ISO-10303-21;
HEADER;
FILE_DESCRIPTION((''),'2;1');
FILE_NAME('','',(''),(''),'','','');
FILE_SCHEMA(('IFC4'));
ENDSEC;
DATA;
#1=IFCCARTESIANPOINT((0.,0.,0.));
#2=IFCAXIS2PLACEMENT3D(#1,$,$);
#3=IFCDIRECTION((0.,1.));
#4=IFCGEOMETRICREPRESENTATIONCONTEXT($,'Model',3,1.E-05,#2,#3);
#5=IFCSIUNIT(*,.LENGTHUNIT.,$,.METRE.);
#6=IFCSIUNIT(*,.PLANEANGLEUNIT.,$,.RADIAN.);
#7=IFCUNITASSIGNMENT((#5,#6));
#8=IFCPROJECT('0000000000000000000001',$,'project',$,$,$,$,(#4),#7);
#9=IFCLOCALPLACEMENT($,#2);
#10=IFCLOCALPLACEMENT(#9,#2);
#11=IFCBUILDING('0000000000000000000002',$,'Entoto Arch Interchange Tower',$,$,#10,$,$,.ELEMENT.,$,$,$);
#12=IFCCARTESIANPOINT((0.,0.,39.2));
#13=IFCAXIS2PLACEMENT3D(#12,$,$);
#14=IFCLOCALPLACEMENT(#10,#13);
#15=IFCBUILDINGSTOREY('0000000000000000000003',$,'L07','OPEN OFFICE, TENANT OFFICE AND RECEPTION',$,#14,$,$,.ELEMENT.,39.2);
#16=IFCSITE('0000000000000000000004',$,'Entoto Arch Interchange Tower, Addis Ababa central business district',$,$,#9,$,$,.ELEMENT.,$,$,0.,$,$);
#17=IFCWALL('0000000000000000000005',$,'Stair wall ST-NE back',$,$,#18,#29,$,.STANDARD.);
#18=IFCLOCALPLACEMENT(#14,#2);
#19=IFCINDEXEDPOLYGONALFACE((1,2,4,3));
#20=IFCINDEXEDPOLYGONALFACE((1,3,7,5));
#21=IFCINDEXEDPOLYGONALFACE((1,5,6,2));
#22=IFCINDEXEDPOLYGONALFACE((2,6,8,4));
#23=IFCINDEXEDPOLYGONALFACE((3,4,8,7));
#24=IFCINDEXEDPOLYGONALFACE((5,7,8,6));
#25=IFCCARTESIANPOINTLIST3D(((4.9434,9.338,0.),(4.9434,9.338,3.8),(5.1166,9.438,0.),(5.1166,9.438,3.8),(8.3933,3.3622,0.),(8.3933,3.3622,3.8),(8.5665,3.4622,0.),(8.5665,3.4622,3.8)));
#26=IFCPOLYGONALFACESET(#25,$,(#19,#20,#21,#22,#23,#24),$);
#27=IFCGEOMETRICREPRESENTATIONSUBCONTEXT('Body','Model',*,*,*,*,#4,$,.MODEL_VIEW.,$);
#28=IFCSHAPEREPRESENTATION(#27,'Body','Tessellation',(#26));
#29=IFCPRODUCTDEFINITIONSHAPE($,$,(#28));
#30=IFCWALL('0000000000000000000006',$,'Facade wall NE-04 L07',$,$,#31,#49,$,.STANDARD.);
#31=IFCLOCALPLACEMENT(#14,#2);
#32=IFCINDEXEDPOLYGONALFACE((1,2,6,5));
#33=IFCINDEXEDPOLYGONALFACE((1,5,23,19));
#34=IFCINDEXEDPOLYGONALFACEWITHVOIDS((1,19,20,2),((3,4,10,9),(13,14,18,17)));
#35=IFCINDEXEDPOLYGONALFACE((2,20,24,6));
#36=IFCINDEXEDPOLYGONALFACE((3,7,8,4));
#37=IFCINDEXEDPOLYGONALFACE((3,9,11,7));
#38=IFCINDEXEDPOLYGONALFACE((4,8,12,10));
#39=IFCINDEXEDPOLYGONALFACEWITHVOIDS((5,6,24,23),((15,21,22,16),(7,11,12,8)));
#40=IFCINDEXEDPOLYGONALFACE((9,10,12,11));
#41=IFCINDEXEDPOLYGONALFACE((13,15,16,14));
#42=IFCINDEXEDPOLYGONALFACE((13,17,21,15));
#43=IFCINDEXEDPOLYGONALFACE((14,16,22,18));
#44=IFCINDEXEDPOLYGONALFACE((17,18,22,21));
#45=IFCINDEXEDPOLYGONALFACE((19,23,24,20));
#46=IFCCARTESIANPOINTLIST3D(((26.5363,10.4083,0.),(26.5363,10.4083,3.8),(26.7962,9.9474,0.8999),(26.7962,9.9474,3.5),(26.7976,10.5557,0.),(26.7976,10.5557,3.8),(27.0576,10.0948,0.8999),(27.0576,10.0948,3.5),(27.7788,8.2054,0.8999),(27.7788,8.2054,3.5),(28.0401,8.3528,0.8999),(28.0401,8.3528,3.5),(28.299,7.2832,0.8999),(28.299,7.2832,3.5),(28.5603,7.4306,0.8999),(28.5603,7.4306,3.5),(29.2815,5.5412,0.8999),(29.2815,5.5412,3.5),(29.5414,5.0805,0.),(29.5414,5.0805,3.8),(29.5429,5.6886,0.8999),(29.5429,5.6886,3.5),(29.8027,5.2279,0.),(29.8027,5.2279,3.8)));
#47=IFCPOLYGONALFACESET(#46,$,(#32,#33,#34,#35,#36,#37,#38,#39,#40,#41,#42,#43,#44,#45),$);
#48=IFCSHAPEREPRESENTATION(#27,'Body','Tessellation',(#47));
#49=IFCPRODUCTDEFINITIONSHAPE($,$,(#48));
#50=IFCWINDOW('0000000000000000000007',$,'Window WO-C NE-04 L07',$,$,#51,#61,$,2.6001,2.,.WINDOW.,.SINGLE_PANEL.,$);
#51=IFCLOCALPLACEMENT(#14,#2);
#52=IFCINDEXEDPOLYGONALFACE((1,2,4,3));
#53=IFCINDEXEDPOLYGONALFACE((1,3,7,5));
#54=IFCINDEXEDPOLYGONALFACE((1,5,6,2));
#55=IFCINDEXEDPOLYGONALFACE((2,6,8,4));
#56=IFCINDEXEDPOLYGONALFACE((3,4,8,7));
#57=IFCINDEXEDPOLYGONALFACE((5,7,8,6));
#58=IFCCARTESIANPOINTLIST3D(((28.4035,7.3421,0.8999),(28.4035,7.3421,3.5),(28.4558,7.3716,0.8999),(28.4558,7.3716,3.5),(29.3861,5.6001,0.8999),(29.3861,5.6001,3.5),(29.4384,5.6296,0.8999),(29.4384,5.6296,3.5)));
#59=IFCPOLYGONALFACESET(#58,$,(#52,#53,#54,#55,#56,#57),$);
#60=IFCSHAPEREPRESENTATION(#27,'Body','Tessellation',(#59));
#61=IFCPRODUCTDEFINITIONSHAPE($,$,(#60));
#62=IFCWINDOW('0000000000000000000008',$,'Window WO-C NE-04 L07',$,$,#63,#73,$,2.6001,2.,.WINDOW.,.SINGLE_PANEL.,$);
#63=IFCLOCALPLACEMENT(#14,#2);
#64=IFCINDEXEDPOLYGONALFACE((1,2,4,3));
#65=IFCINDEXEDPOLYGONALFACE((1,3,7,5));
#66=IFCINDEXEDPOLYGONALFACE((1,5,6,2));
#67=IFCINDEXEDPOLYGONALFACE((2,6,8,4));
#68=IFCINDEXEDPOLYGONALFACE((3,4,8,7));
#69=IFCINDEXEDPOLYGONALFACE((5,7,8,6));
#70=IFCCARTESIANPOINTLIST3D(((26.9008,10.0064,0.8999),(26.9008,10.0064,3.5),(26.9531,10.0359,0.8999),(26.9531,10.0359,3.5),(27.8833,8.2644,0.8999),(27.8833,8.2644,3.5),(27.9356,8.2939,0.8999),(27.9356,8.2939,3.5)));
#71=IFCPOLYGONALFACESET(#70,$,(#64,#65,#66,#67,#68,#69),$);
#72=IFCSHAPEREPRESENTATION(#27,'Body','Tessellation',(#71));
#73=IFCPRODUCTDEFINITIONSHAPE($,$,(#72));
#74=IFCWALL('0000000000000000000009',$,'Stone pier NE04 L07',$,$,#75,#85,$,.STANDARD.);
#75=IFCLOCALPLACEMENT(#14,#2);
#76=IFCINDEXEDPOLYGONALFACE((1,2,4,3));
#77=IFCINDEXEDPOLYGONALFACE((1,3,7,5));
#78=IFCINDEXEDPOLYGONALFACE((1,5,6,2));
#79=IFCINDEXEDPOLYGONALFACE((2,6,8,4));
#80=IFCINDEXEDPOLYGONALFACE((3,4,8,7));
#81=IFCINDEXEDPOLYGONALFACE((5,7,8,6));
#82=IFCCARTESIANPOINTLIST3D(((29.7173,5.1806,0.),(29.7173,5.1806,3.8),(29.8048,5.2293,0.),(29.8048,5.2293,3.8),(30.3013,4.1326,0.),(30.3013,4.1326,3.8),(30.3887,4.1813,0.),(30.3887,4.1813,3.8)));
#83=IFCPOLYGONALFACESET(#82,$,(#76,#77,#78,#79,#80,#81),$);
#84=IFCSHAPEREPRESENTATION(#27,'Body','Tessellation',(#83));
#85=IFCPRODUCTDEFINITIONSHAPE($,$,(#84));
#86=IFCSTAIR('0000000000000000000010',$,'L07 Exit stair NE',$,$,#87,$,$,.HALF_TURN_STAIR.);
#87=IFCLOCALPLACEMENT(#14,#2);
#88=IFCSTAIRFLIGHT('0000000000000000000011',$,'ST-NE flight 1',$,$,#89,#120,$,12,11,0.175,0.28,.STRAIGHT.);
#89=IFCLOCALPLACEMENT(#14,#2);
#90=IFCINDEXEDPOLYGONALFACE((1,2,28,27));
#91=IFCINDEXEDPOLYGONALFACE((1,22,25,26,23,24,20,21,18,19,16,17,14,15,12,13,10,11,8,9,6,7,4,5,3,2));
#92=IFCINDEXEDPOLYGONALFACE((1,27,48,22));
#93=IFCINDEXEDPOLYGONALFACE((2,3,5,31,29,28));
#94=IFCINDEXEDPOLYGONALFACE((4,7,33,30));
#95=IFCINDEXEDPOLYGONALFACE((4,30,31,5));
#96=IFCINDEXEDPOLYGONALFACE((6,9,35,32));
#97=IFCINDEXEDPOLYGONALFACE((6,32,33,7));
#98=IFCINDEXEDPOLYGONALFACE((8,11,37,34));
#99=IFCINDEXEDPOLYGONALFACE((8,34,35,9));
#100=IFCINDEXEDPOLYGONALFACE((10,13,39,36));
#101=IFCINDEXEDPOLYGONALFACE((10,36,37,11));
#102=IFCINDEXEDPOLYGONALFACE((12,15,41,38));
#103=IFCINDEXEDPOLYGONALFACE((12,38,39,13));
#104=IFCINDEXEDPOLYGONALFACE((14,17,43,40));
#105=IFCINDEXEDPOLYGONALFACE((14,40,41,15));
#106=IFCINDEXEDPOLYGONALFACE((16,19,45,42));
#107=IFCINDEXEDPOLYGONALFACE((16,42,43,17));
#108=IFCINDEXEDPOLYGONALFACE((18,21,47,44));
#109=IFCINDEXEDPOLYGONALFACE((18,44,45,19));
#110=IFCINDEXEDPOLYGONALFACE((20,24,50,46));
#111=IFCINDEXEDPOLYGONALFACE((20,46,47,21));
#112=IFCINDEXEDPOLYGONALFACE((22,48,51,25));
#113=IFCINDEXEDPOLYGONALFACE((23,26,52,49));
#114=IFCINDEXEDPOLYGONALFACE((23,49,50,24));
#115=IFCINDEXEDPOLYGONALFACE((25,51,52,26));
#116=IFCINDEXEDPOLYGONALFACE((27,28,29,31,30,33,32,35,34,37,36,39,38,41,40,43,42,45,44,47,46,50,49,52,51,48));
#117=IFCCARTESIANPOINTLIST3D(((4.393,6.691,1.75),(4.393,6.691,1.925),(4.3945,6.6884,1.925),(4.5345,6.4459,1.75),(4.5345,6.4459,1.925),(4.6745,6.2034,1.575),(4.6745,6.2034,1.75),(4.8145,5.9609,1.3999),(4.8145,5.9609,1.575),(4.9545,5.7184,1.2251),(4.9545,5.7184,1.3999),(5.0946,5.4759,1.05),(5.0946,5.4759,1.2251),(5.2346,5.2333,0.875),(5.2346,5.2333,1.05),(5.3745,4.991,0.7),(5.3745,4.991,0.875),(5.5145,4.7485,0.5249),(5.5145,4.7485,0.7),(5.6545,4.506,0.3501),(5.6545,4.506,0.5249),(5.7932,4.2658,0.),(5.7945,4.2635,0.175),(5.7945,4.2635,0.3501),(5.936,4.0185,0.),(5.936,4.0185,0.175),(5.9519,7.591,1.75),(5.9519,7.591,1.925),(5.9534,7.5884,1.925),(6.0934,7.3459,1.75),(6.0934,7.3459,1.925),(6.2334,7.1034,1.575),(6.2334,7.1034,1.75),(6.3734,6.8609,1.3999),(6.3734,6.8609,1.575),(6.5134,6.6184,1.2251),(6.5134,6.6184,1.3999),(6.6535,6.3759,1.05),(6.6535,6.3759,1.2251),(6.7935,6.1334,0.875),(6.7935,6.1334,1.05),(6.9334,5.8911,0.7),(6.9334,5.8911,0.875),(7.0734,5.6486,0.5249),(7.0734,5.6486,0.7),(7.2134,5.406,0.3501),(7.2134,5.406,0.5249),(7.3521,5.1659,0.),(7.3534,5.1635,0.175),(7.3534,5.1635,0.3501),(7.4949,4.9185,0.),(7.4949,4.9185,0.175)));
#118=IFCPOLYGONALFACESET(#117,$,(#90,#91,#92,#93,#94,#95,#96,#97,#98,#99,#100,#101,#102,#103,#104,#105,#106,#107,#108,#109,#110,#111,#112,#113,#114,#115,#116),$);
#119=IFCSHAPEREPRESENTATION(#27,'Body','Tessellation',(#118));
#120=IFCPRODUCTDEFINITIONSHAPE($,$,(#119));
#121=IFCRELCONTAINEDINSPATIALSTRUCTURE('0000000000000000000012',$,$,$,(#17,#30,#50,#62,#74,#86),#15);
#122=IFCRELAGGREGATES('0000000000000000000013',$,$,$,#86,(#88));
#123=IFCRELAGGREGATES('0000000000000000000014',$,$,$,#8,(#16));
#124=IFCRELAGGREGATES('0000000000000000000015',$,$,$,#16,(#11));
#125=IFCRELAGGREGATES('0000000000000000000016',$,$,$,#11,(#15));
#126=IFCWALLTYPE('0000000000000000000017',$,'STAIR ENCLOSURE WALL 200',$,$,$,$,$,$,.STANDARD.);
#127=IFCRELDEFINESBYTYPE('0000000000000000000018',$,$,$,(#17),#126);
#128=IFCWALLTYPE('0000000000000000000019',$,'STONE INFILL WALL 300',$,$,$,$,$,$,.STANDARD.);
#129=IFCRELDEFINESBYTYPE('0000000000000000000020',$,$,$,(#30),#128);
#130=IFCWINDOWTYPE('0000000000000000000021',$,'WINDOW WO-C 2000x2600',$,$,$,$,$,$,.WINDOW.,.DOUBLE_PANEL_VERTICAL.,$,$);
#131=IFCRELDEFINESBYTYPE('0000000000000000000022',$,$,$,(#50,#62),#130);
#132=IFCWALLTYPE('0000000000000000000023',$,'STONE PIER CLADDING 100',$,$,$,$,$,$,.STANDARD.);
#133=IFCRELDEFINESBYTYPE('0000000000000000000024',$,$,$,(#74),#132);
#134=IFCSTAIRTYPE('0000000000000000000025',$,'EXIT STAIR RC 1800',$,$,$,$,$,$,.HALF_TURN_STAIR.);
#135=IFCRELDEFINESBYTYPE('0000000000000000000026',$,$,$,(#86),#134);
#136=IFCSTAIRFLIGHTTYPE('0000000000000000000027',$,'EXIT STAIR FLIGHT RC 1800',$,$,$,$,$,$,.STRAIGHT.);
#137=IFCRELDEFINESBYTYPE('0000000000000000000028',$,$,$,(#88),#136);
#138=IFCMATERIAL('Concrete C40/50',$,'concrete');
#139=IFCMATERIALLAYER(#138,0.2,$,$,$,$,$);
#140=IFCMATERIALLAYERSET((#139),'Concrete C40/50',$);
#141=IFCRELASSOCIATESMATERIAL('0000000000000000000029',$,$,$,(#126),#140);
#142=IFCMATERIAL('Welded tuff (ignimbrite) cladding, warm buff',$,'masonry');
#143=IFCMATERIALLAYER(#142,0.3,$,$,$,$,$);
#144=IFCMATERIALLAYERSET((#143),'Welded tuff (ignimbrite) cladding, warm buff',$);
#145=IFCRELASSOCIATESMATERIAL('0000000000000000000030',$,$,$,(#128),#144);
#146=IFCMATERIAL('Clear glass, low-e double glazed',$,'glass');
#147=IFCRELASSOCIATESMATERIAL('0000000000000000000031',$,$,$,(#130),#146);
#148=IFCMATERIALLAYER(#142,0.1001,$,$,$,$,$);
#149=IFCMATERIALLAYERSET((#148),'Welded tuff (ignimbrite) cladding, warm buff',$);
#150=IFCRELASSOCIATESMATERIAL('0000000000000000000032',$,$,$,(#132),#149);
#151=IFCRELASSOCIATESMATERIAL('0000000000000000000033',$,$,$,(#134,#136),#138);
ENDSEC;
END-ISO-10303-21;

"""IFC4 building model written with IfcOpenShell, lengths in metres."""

from ifc_helpers import new_model, si_unit, direction, frame, frame_2d, origin, place, context, subcontext, project, spatial, polyline, rectangle, outline, extrude, material, layer, layer_set, type_object, element, fill, aggregate, save


model = new_model("IFC4")

# Units and contexts
model_context = context("Model", 3, precision=1e-05, world=origin(), true_north=direction((0.0, 1.0)))
body_context = subcontext(model_context, "Body", "Model", "MODEL_VIEW")
ifc_project = project(units=[si_unit("LENGTHUNIT", "METRE"), si_unit("PLANEANGLEUNIT", "RADIAN")], contexts=[model_context])

# Site, building, storey
site_placement = place(None, origin())
site = spatial("IfcSite", under=ifc_project, at=site_placement, Name="Entoto Arch Interchange Tower, Addis Ababa central business district", CompositionType="ELEMENT", RefElevation=0.0)
building_placement = place(site_placement, origin())
building = spatial("IfcBuilding", under=site, at=building_placement, Name="Entoto Arch Interchange Tower", CompositionType="ELEMENT")
storey_placement = place(building_placement, frame((0.0, 0.0, 39.2)))
storey = spatial("IfcBuildingStorey", under=building, at=storey_placement, Name="L07", Description="OPEN OFFICE, TENANT OFFICE AND RECEPTION", CompositionType="ELEMENT", Elevation=39.2)

# Shared definitions
ifc_material_1 = material(Name="Concrete C40/50", Category="concrete")

# Wall
ifc_layer_1 = layer(ifc_material_1, 0.2)
ifc_layer_set_1 = layer_set([ifc_layer_1], Name="Concrete C40/50")
wall_type_1 = type_object("IfcWallType", Name="STAIR ENCLOSURE WALL 200", PredefinedType="STANDARD", material=ifc_layer_set_1)
wall_1_placement = place(storey_placement, frame((8.48, 3.4121, 0.0), z_axis=(0.0, 0.0, 1.0), x_axis=(-0.499979, 0.866038, 0.0)))
element("IfcWall", 1, at=wall_1_placement, inside=storey, type_object=wall_type_1, Name="Stair wall ST-NE back", PredefinedType="STANDARD", context=body_context, shape_type="SweptSolid", body=[
    extrude(rectangle(XDim=6.9001, YDim=0.2, at=frame_2d((3.4502, 0.0))), origin(), (0.0, 0.0, 1.0), 3.8),
])

# Wall, openings, windows
ifc_material_2 = material(Name="Welded tuff (ignimbrite) cladding, warm buff", Category="masonry")
ifc_layer_2 = layer(ifc_material_2, 0.3)
ifc_layer_set_2 = layer_set([ifc_layer_2], Name="Welded tuff (ignimbrite) cladding, warm buff")
wall_type_2 = type_object("IfcWallType", Name="STONE INFILL WALL 300", PredefinedType="STANDARD", material=ifc_layer_set_2)
wall_2_placement = place(storey_placement, frame((29.6721, 5.1541, 0.0), z_axis=(0.0, 0.0, 1.0), x_axis=(-0.491278, 0.871003, 0.0)))
wall_2 = element("IfcWall", 2, at=wall_2_placement, inside=storey, type_object=wall_type_2, Name="Facade wall NE-04 L07", PredefinedType="STANDARD", context=body_context, shape_type="SweptSolid", body=[
    extrude(rectangle(XDim=6.1169, YDim=0.3, at=frame_2d((3.0586, 0.0))), origin(), (0.0, 0.0, 1.0), 3.8),
])
opening_1_placement = place(wall_2_placement, frame((0.5291, 0.0, 0.8999)))
opening_1 = element("IfcOpeningElement", 3, at=opening_1_placement, cuts=wall_2, PredefinedType="OPENING", context=body_context, shape_type="SweptSolid", body=[
    extrude(rectangle(XDim=2.0, YDim=2.6001, at=frame_2d((1.0, 1.3))), frame((0.0, 0.1602, 0.0), z_axis=(0.0, -1.0, 0.0), x_axis=(1.0, 0.0, 0.0)), (0.0, 0.0, 1.0), 0.3201),
])
opening_2_placement = place(wall_2_placement, frame((3.5879, 0.0, 0.8999)))
opening_2 = element("IfcOpeningElement", 4, at=opening_2_placement, cuts=wall_2, PredefinedType="OPENING", context=body_context, shape_type="SweptSolid", body=[
    extrude(rectangle(XDim=2.0, YDim=2.6001, at=frame_2d((1.0, 1.3))), frame((0.0, 0.1602, 0.0), z_axis=(0.0, -1.0, 0.0), x_axis=(1.0, 0.0, 0.0)), (0.0, 0.0, 1.0), 0.3201),
])
ifc_material_3 = material(Name="Clear glass, low-e double glazed", Category="glass")
window_type = type_object("IfcWindowType", Name="WINDOW WO-C 2000x2600", PartitioningType="DOUBLE_PANEL_VERTICAL", PredefinedType="WINDOW", material=ifc_material_3)
window_1_placement = place(opening_1_placement, origin())
window_1 = element("IfcWindow", 5, at=window_1_placement, inside=storey, type_object=window_type, Name="Window WO-C NE-04 L07", OverallHeight=2.6001, OverallWidth=2.0, PartitioningType="SINGLE_PANEL", PredefinedType="WINDOW", context=body_context, shape_type="SweptSolid", body=[
    extrude(rectangle(XDim=2.0, YDim=2.6001, at=frame_2d((1.0, 1.3))), frame((0.0, 0.03, 0.0), z_axis=(0.0, -1.0, 0.0), x_axis=(1.0, 0.0, 0.0)), (0.0, 0.0, 1.0), 0.0601),
])
fill(opening_1, window_1)
window_2_placement = place(opening_2_placement, origin())
window_2 = element("IfcWindow", 6, at=window_2_placement, inside=storey, type_object=window_type, Name="Window WO-C NE-04 L07", OverallHeight=2.6001, OverallWidth=2.0, PartitioningType="SINGLE_PANEL", PredefinedType="WINDOW", context=body_context, shape_type="SweptSolid", body=[
    extrude(rectangle(XDim=2.0, YDim=2.6001, at=frame_2d((1.0, 1.3))), frame((0.0, 0.03, 0.0), z_axis=(0.0, -1.0, 0.0), x_axis=(1.0, 0.0, 0.0)), (0.0, 0.0, 1.0), 0.0601),
])
fill(opening_2, window_2)

# Wall
ifc_layer_3 = layer(ifc_material_2, 0.1001)
ifc_layer_set_3 = layer_set([ifc_layer_3], Name="Welded tuff (ignimbrite) cladding, warm buff")
wall_type_3 = type_object("IfcWallType", Name="STONE PIER CLADDING 100", PredefinedType="STANDARD", material=ifc_layer_set_3)
wall_3_placement = place(storey_placement, frame((30.345, 4.157, 0.0), z_axis=(0.0, 0.0, 1.0), x_axis=(-0.486731, 0.873552, 0.0)))
element("IfcWall", 7, at=wall_3_placement, inside=storey, type_object=wall_type_3, Name="Stone pier NE04 L07", PredefinedType="STANDARD", context=body_context, shape_type="SweptSolid", body=[
    extrude(rectangle(XDim=1.1997, YDim=0.1001, at=frame_2d((0.5999, 0.0))), origin(), (0.0, 0.0, 1.0), 3.8),
])

# Stair, stair flight
stair_type = type_object("IfcStairType", Name="EXIT STAIR RC 1800", PredefinedType="HALF_TURN_STAIR", material=ifc_material_1)
stair_placement = place(storey_placement, origin())
stair = element("IfcStair", 8, at=stair_placement, inside=storey, type_object=stair_type, Name="L07 Exit stair NE", PredefinedType="HALF_TURN_STAIR")
stair_flight_type = type_object("IfcStairFlightType", Name="EXIT STAIR FLIGHT RC 1800", PredefinedType="STRAIGHT", material=ifc_material_1)
stair_flight_placement = place(storey_placement, frame((6.7139, 4.4709, 0.0), z_axis=(0.0, 0.0, 1.0), x_axis=(-0.5, 0.866025, 0.0)))
stair_flight = element("IfcStairFlight", 9, at=stair_flight_placement, type_object=stair_flight_type, Name="ST-NE flight 1", NumberOfRisers=12, NumberOfTreads=11, PredefinedType="STRAIGHT", RiserHeight=0.175, TreadLength=0.28, context=body_context, shape_type="SweptSolid", body=[
    extrude(outline(polyline([(-0.0029, 0.0), (-0.0029, 0.175), (0.28, 0.175), (0.28, 0.3501), (0.5601, 0.3501), (0.5601, 0.5249), (0.8401, 0.5249), (0.8401, 0.7), (1.1201, 0.7), (1.1201, 0.875), (1.3999, 0.875), (1.3999, 1.05), (1.6799, 1.05), (1.6799, 1.2251), (1.96, 1.2251), (1.96, 1.3999), (2.24, 1.3999), (2.24, 1.575), (2.52, 1.575), (2.52, 1.75), (2.8, 1.75), (2.8, 1.925), (3.0801, 1.925), (3.083, 1.925), (3.083, 1.75), (0.2827, 0.0), (-0.0029, 0.0)])), frame((0.0, 0.8999, 0.0), z_axis=(0.0, -1.0, 0.0), x_axis=(1.0, 0.0, 0.0)), (0.0, 0.0, 1.0), 1.8),
])
aggregate(stair, [stair_flight])

save(model, "model.ifc")
